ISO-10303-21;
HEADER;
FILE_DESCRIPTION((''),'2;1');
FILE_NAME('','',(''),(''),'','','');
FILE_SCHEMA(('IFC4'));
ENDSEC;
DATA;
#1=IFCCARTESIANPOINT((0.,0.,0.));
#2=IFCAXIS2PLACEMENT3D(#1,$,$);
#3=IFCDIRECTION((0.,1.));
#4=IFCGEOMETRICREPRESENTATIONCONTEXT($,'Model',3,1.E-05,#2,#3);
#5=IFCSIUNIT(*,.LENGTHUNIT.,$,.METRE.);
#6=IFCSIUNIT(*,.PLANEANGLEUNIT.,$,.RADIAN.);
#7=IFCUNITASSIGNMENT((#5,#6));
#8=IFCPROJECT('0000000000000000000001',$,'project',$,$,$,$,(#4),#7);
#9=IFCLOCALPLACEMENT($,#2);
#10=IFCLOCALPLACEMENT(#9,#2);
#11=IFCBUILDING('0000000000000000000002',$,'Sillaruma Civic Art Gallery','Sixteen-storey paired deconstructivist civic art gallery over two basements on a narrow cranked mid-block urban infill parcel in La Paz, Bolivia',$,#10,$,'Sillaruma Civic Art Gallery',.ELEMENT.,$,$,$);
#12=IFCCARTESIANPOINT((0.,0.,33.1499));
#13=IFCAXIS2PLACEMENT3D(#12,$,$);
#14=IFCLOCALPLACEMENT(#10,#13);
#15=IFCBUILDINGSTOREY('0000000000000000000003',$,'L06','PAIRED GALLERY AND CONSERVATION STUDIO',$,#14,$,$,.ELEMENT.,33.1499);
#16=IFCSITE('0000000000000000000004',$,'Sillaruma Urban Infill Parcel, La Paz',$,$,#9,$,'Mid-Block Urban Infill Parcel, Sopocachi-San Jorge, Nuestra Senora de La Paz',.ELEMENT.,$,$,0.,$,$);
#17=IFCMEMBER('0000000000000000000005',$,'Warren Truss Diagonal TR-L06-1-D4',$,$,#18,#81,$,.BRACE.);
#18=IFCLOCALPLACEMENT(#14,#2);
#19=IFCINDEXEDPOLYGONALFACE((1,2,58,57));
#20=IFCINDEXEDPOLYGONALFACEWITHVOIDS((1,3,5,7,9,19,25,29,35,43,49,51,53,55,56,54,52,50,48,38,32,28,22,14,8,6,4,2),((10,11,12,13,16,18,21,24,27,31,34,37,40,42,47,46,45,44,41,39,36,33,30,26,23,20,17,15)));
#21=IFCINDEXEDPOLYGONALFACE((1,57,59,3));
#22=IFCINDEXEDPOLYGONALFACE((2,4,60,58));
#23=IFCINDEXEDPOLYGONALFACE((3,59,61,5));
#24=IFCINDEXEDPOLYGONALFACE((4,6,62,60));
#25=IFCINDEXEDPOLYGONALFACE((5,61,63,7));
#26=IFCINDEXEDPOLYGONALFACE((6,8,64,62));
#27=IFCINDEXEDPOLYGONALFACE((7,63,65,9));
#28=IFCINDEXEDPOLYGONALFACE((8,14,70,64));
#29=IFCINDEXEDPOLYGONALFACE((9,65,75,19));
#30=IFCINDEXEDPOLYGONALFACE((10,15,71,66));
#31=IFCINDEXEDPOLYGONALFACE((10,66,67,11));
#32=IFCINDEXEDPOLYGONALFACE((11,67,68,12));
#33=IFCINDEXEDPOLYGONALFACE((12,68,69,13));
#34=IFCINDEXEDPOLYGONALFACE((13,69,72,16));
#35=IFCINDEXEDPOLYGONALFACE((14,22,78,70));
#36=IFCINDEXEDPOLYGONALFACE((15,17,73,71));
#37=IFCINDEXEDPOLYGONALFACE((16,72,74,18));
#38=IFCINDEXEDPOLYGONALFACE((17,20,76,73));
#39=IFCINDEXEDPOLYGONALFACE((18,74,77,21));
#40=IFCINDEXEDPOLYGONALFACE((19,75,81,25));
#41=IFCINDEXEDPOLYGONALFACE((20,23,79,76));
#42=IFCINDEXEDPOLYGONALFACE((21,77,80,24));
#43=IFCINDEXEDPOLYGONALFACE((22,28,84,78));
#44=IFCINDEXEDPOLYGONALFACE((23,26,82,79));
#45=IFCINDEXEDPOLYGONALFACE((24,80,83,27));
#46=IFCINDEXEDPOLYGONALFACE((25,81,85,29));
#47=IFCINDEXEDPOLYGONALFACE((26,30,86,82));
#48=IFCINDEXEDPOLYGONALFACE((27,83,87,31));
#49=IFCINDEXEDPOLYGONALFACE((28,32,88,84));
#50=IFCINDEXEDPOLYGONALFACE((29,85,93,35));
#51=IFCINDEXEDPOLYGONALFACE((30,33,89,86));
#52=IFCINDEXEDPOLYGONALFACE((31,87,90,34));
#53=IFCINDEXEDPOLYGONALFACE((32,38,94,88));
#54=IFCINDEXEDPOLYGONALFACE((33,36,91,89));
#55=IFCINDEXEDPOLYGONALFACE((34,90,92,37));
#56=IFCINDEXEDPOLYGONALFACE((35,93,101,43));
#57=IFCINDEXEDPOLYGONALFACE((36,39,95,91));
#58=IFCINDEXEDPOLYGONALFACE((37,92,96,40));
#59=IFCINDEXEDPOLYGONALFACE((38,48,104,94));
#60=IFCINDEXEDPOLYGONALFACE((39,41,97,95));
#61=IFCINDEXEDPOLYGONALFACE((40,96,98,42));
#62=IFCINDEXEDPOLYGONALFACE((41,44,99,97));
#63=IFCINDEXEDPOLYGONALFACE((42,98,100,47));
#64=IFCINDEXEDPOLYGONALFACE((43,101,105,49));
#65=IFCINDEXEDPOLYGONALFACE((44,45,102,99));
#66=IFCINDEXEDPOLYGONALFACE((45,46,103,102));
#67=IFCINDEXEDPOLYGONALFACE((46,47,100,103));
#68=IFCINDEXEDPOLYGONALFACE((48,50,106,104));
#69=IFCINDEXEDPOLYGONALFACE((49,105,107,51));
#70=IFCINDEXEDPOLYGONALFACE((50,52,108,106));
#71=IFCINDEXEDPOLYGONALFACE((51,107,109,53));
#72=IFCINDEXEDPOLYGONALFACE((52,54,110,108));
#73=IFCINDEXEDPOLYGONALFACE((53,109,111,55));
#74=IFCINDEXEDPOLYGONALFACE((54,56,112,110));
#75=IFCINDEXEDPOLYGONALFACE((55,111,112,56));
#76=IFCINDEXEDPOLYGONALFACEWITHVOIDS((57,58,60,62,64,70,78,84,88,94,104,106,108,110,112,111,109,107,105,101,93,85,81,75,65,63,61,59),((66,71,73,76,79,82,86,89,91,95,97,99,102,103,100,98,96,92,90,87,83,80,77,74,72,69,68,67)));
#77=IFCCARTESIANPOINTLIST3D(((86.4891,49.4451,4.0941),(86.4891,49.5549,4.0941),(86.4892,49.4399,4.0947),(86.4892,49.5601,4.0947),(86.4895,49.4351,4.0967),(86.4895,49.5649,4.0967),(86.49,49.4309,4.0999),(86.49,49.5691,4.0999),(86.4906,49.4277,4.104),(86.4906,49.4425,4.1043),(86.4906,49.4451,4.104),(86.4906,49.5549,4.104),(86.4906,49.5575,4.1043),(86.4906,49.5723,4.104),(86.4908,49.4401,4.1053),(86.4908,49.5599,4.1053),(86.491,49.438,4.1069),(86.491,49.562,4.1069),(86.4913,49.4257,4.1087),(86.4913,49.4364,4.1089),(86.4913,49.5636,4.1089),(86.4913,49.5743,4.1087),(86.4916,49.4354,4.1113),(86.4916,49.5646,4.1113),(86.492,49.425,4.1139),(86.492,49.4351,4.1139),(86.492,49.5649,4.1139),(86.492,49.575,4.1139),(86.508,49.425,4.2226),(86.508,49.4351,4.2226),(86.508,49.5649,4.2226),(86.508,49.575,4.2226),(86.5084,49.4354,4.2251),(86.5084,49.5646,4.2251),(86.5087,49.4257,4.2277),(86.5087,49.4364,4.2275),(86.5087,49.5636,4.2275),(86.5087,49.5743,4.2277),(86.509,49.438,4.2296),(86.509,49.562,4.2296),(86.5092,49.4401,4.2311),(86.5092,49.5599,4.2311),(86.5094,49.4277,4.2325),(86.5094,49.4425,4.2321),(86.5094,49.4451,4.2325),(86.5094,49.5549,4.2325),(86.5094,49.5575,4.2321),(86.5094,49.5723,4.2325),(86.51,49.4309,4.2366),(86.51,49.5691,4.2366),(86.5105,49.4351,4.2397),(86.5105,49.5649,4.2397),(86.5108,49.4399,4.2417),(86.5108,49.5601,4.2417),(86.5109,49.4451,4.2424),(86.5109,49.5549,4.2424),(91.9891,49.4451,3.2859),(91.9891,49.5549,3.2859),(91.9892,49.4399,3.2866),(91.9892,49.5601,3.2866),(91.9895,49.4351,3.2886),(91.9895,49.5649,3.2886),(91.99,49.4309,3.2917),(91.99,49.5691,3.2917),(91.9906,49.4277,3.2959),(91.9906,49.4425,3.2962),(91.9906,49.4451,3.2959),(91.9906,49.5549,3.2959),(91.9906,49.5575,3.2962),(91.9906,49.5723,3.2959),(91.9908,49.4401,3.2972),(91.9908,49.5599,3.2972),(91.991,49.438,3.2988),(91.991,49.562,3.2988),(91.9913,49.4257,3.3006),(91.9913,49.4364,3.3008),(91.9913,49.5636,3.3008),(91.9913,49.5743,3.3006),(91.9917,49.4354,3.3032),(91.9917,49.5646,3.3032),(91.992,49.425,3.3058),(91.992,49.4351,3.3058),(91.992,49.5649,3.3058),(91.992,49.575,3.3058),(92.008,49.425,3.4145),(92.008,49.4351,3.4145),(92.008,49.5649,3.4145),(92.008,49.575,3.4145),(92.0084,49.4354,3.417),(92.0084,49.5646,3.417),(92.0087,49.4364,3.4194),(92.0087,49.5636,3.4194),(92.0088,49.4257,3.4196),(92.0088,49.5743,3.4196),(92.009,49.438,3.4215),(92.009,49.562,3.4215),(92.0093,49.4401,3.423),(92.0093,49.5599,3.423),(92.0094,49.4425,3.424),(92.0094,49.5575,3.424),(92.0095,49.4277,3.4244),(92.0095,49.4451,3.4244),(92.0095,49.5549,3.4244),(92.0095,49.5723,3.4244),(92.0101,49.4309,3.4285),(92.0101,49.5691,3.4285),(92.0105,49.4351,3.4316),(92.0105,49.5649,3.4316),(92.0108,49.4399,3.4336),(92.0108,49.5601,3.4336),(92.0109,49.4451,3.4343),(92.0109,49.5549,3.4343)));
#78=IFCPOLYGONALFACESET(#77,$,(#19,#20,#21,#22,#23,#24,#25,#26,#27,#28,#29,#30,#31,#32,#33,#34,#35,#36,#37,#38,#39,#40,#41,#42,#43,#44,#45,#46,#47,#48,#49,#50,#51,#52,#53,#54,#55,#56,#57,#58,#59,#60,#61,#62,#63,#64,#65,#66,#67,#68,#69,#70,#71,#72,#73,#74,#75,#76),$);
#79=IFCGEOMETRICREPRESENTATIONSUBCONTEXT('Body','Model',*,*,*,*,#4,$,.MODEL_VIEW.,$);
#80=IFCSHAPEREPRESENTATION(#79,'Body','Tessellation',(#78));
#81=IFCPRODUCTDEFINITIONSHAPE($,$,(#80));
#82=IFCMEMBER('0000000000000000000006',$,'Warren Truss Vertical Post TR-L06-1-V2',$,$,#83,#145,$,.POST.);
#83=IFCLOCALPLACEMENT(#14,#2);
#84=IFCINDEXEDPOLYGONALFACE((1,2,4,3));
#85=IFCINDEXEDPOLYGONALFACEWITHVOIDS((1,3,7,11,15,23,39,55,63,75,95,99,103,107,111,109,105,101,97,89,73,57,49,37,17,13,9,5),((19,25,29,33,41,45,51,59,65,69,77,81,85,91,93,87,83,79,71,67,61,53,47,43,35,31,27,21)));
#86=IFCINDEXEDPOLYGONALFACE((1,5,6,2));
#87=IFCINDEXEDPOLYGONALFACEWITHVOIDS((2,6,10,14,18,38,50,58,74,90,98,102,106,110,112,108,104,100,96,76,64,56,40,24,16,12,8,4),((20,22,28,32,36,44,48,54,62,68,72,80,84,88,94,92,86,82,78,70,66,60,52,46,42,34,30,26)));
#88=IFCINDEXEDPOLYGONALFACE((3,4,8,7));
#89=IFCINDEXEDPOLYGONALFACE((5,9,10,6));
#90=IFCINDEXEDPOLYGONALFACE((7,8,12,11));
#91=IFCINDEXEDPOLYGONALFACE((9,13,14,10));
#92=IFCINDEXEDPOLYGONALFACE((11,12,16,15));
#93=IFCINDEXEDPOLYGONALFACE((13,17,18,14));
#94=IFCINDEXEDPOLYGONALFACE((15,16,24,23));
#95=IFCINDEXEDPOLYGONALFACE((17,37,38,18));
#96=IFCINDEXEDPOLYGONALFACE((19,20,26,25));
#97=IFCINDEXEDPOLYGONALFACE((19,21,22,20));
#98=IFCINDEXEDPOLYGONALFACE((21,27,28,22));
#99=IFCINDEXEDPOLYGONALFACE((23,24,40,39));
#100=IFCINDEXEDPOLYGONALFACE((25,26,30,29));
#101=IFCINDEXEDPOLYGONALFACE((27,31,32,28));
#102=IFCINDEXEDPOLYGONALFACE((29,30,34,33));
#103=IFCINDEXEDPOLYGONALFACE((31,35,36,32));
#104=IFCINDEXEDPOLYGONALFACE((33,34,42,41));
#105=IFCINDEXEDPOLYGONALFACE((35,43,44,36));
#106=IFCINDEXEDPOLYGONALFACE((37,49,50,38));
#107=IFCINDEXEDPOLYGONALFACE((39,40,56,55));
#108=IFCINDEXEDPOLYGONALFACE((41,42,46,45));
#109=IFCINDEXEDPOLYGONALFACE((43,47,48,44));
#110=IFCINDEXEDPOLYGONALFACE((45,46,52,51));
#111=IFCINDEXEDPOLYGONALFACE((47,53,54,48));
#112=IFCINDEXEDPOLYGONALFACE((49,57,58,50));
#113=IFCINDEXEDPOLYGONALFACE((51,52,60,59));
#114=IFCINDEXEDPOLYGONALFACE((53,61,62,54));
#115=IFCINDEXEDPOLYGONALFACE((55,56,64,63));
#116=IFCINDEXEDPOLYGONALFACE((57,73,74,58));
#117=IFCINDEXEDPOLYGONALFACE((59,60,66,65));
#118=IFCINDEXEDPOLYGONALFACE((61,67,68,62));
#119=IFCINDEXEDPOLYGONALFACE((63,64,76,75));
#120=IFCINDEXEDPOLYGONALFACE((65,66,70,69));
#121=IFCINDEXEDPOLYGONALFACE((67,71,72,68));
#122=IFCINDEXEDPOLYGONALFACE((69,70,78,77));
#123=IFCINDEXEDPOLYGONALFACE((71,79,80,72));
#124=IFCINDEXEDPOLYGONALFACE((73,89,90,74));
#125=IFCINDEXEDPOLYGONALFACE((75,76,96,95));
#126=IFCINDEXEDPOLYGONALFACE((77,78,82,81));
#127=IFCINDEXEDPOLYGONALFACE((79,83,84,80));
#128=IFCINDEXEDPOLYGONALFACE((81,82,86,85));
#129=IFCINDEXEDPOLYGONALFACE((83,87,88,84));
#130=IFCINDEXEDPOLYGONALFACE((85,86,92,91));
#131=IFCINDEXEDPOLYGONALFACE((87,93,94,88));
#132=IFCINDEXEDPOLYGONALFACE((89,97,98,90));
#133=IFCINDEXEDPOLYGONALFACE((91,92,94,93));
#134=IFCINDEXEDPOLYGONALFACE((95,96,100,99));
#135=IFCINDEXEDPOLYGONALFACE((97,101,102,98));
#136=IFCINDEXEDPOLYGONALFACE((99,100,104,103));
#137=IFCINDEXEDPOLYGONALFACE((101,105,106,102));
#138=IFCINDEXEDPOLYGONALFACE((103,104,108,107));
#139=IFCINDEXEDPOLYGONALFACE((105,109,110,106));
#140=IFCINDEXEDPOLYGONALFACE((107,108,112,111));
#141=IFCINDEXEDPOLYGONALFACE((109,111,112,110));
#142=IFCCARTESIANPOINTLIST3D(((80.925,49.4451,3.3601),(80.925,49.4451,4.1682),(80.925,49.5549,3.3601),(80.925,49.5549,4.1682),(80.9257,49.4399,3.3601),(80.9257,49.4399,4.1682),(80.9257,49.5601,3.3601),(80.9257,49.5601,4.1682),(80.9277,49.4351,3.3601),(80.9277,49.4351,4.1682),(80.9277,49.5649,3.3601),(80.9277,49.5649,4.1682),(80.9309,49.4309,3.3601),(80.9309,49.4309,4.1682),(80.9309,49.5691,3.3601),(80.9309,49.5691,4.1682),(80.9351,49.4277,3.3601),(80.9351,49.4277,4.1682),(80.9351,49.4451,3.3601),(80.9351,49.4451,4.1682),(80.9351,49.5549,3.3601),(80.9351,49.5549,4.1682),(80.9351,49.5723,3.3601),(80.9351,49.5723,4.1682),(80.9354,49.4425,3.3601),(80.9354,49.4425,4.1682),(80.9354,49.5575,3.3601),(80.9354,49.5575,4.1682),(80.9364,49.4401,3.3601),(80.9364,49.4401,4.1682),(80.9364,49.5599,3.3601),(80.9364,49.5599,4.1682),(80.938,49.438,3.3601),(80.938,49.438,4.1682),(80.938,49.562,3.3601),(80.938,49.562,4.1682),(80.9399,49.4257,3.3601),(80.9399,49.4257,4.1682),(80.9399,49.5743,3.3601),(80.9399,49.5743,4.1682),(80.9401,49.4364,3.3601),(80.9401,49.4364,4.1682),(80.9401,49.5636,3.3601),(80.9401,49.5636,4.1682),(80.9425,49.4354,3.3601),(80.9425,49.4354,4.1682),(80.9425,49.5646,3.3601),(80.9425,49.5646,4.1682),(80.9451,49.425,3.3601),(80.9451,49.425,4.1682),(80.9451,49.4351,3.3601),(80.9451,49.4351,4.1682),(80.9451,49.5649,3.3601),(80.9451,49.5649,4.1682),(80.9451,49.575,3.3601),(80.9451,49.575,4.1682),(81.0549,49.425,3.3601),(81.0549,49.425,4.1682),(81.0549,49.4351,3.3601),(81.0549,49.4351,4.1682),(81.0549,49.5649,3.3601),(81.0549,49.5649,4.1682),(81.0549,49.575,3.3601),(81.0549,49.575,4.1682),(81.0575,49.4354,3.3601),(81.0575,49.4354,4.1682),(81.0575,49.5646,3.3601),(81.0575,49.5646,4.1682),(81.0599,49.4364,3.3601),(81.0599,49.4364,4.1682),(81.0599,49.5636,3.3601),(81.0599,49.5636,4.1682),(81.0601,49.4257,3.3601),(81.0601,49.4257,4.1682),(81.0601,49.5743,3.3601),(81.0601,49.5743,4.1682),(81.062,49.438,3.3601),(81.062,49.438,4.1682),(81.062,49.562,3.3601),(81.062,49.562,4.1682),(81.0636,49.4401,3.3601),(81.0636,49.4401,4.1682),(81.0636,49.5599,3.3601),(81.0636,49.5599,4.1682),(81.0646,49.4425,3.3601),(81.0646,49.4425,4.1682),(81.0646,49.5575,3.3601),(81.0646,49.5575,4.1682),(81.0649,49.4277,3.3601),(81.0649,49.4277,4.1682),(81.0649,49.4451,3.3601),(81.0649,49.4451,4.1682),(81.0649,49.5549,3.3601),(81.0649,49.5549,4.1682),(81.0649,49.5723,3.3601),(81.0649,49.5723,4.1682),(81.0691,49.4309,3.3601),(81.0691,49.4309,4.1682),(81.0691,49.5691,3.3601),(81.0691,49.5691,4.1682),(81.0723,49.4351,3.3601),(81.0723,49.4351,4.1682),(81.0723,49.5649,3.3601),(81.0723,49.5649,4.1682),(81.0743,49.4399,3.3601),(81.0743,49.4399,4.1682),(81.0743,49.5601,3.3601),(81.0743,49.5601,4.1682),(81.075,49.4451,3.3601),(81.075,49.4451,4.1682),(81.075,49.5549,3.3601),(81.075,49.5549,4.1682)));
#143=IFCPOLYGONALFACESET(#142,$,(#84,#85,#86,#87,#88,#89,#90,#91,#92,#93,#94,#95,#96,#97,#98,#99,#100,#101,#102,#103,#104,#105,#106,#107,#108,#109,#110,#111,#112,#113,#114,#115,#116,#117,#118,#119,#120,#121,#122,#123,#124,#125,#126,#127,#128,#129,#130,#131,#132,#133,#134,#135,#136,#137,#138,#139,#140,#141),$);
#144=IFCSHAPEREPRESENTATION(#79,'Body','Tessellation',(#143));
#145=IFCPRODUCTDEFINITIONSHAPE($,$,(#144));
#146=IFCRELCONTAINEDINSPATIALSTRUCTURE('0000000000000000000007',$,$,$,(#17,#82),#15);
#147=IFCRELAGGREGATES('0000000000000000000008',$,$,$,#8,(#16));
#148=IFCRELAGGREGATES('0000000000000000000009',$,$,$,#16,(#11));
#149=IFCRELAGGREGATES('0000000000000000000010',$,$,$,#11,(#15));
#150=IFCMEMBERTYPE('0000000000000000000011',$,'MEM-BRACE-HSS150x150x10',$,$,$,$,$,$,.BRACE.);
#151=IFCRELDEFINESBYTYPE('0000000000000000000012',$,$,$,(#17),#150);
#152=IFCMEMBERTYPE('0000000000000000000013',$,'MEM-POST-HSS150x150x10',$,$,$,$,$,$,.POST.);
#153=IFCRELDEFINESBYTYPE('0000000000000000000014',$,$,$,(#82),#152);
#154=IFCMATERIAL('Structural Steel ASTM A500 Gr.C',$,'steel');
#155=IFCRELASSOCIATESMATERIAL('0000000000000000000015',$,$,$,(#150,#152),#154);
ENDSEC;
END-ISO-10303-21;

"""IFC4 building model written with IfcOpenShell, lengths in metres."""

from ifc_helpers import new_model, si_unit, direction, frame, origin, origin_2d, place, context, subcontext, project, spatial, hollow_rectangle, extrude, material, material_profile, profile_set, type_object, element, save


model = new_model("IFC4")

# Units and contexts
model_context = context("Model", 3, precision=1e-05, world=origin(), true_north=direction((0.0, 1.0)))
body_context = subcontext(model_context, "Body", "Model", "MODEL_VIEW")
ifc_project = project(units=[si_unit("LENGTHUNIT", "METRE"), si_unit("PLANEANGLEUNIT", "RADIAN")], contexts=[model_context])

# Site, building, storey
site_placement = place(None, origin())
site = spatial("IfcSite", under=ifc_project, at=site_placement, Name="Sillaruma Urban Infill Parcel, La Paz", LongName="Mid-Block Urban Infill Parcel, Sopocachi-San Jorge, Nuestra Senora de La Paz", CompositionType="ELEMENT", RefElevation=0.0)
building_placement = place(site_placement, origin())
building = spatial("IfcBuilding", under=site, at=building_placement, Name="Sillaruma Civic Art Gallery", Description="Sixteen-storey paired deconstructivist civic art gallery over two basements on a narrow cranked mid-block urban infill parcel in La Paz, Bolivia", LongName="Sillaruma Civic Art Gallery", CompositionType="ELEMENT")
storey_placement = place(building_placement, frame((0.0, 0.0, 33.1499)))
storey = spatial("IfcBuildingStorey", under=building, at=storey_placement, Name="L06", Description="PAIRED GALLERY AND CONSERVATION STUDIO", CompositionType="ELEMENT", Elevation=33.1499)

# Shared definitions
ifc_material_1 = material(Name="Structural Steel ASTM A500 Gr.C", Category="steel")

# Members
ifc_material_profile_1 = material_profile(ifc_material_1, hollow_rectangle(XDim=0.1499, YDim=0.1499, WallThickness=0.01, InnerFilletRadius=0.01, OuterFilletRadius=0.02, at=origin_2d()), Name="HSS150x150x10")
ifc_profile_set_1 = profile_set([ifc_material_profile_1], Name="Structural Steel ASTM A500 Gr.C")
member_type_1 = type_object("IfcMemberType", Name="MEM-BRACE-HSS150x150x10", PredefinedType="BRACE", material=ifc_profile_set_1)
for number, where, z_axis, x_axis, name in (
    (1, (86.5, 49.5, 4.1682), (0.989378, 0.0, -0.145368), (0.0, 1.0, 0.0), "Warren Truss Diagonal TR-L06-1-D4"),
):
    element("IfcMember", number, at=place(storey_placement, frame(where, z_axis=z_axis, x_axis=x_axis)), inside=storey, type_object=member_type_1, Name=name, PredefinedType="BRACE", context=body_context, shape_type="SweptSolid", body=[
        extrude(hollow_rectangle(XDim=0.1499, YDim=0.1499, WallThickness=0.01, InnerFilletRadius=0.01, OuterFilletRadius=0.02, at=origin_2d()), origin(), (0.0, 0.0, 1.0), 5.5591),
    ])
ifc_material_profile_2 = material_profile(ifc_material_1, hollow_rectangle(XDim=0.1499, YDim=0.1499, WallThickness=0.01, InnerFilletRadius=0.01, OuterFilletRadius=0.02, at=origin_2d()), Name="HSS150x150x10")
ifc_profile_set_2 = profile_set([ifc_material_profile_2], Name="Structural Steel ASTM A500 Gr.C")
member_type_2 = type_object("IfcMemberType", Name="MEM-POST-HSS150x150x10", PredefinedType="POST", material=ifc_profile_set_2)
for number, where, z_axis, x_axis, name in (
    (2, (81.0, 49.5, 3.3601), (0.0, 0.0, 1.0), (1.0, 0.0, 0.0), "Warren Truss Vertical Post TR-L06-1-V2"),
):
    element("IfcMember", number, at=place(storey_placement, frame(where, z_axis=z_axis, x_axis=x_axis)), inside=storey, type_object=member_type_2, Name=name, PredefinedType="POST", context=body_context, shape_type="SweptSolid", body=[
        extrude(hollow_rectangle(XDim=0.1499, YDim=0.1499, WallThickness=0.01, InnerFilletRadius=0.01, OuterFilletRadius=0.02, at=origin_2d()), origin(), (0.0, 0.0, 1.0), 0.8081),
    ])

save(model, "model.ifc")
